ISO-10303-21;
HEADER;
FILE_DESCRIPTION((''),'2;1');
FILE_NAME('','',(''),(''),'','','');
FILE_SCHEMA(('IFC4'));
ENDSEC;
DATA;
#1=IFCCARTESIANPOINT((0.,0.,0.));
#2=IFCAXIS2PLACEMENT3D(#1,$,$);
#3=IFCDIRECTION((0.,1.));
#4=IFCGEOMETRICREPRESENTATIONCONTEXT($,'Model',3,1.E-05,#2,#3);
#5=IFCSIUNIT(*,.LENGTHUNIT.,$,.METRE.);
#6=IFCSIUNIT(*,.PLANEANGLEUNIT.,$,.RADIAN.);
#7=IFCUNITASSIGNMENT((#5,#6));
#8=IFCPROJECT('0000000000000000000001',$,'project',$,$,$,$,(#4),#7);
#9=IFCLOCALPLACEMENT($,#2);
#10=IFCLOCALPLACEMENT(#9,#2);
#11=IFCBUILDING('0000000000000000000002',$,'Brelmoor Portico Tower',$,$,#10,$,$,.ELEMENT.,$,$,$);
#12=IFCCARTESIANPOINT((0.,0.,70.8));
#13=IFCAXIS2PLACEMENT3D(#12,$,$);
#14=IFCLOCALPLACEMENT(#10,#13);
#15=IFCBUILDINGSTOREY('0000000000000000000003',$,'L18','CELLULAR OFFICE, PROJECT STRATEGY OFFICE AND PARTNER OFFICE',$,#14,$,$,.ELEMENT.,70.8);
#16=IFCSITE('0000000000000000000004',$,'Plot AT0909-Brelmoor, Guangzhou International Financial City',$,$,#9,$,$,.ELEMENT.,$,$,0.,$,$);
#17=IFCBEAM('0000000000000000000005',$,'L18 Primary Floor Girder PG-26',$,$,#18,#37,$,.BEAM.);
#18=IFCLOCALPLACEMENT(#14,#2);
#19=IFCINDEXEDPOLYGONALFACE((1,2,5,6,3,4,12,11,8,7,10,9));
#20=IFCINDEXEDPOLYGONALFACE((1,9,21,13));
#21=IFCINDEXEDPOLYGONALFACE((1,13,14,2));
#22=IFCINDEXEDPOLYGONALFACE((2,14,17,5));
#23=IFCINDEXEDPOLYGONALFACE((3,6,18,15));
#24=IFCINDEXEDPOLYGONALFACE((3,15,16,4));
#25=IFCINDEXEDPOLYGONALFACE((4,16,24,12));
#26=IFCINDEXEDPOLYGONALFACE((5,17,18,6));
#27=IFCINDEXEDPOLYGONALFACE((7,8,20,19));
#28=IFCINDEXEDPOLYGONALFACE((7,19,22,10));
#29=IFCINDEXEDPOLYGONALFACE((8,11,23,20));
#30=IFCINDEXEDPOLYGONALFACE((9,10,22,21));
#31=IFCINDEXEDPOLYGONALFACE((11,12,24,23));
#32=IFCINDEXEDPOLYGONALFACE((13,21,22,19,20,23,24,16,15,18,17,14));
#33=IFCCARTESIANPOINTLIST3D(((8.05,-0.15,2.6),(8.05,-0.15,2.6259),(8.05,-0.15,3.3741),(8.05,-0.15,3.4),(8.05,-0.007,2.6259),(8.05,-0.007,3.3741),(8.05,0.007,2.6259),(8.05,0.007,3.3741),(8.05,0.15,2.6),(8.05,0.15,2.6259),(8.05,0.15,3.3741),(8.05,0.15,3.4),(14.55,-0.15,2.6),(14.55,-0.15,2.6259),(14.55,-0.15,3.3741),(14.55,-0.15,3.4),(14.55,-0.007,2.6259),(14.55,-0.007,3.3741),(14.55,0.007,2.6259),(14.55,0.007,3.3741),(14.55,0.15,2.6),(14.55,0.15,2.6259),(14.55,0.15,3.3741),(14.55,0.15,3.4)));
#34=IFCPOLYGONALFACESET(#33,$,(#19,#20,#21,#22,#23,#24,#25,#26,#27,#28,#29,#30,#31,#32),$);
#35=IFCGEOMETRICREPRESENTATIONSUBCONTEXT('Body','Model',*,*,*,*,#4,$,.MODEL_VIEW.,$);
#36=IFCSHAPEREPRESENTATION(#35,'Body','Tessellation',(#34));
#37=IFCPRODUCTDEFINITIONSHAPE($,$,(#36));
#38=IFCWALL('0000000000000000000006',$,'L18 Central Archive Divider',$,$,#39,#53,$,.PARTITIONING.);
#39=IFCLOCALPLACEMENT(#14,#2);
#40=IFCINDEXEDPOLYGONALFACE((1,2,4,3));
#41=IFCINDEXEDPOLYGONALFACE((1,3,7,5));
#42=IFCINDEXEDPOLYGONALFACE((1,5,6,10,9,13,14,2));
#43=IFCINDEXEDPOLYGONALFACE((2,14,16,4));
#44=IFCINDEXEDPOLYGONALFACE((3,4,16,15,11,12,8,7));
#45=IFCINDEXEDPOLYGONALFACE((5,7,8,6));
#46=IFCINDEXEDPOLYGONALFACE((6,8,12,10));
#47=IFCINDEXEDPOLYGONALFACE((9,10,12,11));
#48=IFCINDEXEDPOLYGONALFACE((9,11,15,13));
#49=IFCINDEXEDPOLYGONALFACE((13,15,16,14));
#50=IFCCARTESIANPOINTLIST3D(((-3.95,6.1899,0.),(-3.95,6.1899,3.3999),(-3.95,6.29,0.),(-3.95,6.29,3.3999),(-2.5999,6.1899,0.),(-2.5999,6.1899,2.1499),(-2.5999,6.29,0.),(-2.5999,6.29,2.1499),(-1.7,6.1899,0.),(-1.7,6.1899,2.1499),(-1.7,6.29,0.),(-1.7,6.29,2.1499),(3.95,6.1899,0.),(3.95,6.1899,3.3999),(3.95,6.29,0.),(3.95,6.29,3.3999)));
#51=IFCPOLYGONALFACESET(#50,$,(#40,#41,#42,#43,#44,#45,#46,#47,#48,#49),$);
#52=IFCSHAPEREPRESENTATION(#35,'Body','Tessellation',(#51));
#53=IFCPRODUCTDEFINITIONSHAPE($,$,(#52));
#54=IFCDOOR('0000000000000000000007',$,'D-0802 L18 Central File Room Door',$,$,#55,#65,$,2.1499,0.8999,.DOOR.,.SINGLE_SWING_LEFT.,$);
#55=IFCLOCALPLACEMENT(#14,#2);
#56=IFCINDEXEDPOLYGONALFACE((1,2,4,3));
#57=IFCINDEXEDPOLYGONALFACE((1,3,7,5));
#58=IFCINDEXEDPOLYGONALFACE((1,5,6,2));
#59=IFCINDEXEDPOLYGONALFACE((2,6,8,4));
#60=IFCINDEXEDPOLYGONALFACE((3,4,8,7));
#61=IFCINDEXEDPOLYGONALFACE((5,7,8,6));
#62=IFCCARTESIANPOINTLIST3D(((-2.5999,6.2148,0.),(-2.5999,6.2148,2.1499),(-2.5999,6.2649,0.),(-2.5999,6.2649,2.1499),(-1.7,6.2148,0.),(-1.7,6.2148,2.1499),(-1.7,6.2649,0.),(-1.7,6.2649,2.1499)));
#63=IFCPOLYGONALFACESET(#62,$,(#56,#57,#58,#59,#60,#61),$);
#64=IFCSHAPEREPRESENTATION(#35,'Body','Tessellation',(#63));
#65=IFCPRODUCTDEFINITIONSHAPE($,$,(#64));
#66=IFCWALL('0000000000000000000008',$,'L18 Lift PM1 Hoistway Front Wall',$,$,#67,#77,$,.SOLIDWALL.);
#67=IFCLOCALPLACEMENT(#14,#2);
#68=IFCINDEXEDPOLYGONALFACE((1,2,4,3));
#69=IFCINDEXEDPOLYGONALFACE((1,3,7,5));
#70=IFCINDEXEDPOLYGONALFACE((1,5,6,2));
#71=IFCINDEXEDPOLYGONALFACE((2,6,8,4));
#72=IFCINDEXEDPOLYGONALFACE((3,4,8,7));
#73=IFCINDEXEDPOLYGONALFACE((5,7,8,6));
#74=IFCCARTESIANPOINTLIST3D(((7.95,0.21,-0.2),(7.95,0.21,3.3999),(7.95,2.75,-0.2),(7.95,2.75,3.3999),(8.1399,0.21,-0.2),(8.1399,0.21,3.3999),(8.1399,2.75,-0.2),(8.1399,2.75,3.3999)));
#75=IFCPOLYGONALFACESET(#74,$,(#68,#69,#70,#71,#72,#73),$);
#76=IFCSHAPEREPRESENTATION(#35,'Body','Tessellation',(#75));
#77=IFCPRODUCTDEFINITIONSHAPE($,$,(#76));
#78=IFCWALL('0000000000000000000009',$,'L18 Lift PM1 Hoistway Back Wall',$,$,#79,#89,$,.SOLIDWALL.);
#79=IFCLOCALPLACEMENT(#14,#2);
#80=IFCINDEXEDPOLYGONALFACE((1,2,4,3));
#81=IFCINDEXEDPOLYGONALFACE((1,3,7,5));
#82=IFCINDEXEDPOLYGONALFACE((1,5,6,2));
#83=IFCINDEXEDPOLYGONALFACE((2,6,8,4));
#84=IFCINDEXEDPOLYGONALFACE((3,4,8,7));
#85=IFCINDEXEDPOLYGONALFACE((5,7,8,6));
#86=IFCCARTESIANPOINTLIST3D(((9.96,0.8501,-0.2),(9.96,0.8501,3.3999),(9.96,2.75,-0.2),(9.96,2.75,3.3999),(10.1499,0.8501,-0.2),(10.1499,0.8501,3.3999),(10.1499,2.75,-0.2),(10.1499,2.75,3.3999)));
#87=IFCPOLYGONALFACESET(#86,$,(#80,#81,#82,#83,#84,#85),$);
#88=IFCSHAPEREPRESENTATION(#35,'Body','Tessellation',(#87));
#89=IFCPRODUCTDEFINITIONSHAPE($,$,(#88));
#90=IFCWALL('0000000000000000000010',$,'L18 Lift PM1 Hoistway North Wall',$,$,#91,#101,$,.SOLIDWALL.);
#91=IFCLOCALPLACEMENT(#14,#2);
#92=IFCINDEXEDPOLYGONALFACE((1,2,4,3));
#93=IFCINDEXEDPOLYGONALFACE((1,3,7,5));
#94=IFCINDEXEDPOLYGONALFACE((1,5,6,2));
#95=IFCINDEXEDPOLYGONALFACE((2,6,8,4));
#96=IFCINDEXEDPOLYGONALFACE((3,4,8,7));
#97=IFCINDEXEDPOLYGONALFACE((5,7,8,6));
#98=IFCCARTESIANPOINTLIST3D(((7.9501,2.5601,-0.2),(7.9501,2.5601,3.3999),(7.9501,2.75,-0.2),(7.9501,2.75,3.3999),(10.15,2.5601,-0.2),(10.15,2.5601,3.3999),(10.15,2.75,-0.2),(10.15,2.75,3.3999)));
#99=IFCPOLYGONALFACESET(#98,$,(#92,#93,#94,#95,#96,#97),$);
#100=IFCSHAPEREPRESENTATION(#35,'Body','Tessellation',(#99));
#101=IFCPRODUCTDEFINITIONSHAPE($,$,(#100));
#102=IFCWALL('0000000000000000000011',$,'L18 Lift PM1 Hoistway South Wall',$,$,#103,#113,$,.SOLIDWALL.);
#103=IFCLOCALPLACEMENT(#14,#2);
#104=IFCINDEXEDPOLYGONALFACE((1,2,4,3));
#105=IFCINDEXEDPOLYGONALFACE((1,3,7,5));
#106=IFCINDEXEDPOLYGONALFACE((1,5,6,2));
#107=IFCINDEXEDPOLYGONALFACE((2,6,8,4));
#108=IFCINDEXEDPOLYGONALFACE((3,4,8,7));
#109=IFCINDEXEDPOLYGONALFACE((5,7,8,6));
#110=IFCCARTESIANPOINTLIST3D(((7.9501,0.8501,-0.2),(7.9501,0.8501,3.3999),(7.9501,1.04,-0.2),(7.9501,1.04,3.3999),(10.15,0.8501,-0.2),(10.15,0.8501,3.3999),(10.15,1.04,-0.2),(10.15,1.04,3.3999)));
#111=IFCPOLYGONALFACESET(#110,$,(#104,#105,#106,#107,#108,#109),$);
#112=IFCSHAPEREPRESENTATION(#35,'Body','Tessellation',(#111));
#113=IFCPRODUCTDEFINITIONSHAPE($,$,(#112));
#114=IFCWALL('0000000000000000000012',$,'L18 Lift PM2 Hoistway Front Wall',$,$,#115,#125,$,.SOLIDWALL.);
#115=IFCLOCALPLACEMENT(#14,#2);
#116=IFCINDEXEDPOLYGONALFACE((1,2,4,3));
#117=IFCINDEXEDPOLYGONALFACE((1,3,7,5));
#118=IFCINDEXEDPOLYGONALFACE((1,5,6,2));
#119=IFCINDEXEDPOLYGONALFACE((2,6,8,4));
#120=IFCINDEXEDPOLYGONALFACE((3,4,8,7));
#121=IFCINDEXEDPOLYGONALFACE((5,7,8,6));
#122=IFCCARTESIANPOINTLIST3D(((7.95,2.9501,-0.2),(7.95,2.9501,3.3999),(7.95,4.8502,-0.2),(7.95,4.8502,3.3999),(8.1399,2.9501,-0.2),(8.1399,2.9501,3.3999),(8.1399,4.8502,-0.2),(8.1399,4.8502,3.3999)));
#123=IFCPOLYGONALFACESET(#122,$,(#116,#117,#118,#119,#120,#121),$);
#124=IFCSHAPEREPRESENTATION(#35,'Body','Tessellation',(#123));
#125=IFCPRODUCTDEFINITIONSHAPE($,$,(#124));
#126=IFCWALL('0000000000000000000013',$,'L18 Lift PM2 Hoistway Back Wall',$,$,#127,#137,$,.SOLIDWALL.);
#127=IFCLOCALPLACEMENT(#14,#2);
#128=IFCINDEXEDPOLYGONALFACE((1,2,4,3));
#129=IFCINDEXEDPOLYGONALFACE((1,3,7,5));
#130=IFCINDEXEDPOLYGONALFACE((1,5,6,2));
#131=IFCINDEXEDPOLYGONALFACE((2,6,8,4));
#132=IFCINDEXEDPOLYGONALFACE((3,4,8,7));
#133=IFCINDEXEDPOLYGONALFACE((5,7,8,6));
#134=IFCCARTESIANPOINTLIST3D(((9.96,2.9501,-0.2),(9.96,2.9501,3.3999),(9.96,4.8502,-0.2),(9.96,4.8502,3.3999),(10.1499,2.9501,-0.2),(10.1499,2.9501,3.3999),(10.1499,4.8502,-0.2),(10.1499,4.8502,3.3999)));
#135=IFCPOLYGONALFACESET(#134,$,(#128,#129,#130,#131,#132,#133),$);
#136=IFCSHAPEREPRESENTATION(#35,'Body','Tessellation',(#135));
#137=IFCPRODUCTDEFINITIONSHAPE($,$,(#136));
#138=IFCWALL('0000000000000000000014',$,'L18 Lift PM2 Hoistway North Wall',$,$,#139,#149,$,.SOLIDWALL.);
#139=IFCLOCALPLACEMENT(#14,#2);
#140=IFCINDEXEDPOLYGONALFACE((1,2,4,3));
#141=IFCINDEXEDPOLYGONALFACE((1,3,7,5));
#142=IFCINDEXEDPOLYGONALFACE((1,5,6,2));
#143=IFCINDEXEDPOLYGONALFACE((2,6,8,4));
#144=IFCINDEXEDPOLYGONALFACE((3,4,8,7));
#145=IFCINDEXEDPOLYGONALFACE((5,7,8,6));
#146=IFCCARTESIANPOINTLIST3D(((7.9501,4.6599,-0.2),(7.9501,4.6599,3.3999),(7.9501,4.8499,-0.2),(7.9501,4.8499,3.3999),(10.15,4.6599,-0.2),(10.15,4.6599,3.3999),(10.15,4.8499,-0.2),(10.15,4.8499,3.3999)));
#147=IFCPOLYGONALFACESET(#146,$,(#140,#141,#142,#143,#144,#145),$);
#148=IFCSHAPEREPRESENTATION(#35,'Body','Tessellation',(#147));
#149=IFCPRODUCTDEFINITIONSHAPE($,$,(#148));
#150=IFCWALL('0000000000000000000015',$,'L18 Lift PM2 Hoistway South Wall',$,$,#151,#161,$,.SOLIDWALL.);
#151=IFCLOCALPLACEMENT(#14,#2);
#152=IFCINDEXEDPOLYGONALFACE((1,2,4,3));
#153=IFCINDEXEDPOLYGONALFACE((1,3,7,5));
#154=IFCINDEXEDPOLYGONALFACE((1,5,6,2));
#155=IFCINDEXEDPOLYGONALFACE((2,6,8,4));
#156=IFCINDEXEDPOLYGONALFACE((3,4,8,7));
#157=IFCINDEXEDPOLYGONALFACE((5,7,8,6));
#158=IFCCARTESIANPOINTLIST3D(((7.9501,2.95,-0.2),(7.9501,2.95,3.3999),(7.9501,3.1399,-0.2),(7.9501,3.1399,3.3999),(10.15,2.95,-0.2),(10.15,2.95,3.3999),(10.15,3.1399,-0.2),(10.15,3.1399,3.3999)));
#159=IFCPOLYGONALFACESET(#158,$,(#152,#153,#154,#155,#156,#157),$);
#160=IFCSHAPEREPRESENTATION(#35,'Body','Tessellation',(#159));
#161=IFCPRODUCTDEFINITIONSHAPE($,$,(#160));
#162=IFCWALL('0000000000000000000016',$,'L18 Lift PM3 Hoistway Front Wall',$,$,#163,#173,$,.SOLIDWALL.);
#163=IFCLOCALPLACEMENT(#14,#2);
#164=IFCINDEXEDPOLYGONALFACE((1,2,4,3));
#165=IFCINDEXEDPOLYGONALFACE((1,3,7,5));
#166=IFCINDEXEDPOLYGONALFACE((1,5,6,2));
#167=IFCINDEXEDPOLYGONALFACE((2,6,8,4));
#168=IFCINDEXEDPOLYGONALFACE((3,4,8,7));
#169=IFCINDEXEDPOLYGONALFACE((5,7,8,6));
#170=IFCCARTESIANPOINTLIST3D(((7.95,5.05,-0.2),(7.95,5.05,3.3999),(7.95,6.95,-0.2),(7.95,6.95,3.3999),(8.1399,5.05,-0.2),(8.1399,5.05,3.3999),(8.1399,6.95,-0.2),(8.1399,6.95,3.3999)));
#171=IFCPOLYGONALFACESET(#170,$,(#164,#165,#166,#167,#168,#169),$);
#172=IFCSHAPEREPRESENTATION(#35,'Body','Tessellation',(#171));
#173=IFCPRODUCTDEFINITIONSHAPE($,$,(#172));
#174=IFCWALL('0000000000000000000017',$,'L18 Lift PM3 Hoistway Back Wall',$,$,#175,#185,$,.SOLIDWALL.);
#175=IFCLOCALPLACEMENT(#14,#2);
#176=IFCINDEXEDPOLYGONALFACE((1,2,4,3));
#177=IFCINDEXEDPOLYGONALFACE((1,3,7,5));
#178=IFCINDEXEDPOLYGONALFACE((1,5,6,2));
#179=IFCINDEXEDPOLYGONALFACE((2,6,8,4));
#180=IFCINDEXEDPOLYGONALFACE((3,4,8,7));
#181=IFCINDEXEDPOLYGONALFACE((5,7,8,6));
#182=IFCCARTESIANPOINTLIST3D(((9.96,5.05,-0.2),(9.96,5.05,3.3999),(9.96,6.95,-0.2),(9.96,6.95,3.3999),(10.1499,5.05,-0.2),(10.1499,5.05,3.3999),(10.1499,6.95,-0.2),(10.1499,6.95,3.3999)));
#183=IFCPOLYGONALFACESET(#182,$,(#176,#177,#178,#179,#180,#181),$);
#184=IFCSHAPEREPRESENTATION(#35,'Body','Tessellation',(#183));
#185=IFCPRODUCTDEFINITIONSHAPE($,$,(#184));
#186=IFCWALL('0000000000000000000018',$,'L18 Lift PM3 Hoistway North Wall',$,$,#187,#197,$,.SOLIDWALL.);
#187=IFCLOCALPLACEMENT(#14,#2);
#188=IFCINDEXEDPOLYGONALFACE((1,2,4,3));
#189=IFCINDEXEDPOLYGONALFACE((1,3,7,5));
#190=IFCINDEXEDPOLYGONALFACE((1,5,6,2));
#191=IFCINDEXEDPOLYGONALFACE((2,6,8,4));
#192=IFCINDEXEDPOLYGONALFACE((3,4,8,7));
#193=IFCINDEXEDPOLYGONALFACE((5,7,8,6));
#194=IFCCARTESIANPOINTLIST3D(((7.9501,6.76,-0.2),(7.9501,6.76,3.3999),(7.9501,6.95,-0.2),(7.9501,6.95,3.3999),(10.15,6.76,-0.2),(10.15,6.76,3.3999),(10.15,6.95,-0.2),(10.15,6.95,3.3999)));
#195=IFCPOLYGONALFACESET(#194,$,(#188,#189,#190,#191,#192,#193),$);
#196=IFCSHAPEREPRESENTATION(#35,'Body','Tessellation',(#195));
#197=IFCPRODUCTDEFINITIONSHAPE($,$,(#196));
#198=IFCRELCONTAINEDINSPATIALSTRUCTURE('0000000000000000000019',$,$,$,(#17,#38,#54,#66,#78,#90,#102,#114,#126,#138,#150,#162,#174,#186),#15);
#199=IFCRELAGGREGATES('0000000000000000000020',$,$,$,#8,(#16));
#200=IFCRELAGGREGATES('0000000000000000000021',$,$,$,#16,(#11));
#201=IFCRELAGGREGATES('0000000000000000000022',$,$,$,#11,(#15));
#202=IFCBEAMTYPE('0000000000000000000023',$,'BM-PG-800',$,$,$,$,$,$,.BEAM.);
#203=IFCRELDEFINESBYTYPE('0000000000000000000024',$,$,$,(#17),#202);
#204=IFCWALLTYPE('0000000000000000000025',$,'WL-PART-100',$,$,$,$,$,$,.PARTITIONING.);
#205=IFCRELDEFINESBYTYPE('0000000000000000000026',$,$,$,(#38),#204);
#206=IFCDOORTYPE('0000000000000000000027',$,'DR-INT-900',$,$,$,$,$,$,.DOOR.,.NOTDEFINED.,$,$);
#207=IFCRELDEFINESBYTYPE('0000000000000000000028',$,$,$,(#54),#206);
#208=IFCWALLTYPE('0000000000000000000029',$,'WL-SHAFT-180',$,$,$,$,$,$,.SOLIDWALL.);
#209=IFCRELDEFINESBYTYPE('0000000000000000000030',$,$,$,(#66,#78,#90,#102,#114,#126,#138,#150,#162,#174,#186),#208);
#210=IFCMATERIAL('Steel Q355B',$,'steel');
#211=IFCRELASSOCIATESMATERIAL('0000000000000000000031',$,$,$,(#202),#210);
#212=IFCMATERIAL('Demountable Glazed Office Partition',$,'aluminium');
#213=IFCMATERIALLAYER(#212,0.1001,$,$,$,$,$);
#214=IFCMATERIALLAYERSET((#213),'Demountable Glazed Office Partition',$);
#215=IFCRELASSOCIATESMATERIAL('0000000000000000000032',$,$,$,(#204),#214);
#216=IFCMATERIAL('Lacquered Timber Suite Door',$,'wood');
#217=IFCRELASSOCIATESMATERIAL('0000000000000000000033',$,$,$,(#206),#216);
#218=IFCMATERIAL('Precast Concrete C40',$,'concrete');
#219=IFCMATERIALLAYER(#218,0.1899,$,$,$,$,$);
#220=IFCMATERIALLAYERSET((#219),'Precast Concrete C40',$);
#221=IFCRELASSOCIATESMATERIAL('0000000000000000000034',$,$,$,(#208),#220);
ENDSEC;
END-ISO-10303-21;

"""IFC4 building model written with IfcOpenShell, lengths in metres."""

from ifc_helpers import new_model, si_unit, direction, frame, frame_2d, origin, origin_2d, place, context, subcontext, project, spatial, rectangle, i_section, extrude, material, layer, layer_set, material_profile, profile_set, type_object, element, fill, save


model = new_model("IFC4")

# Units and contexts
model_context = context("Model", 3, precision=1e-05, world=origin(), true_north=direction((0.0, 1.0)))
body_context = subcontext(model_context, "Body", "Model", "MODEL_VIEW")
ifc_project = project(units=[si_unit("LENGTHUNIT", "METRE"), si_unit("PLANEANGLEUNIT", "RADIAN")], contexts=[model_context])

# Site, building, storey
site_placement = place(None, origin())
site = spatial("IfcSite", under=ifc_project, at=site_placement, Name="Plot AT0909-Brelmoor, Guangzhou International Financial City", CompositionType="ELEMENT", RefElevation=0.0)
building_placement = place(site_placement, origin())
building = spatial("IfcBuilding", under=site, at=building_placement, Name="Brelmoor Portico Tower", CompositionType="ELEMENT")
storey_placement = place(building_placement, frame((0.0, 0.0, 70.8)))
storey = spatial("IfcBuildingStorey", under=building, at=storey_placement, Name="L18", Description="CELLULAR OFFICE, PROJECT STRATEGY OFFICE AND PARTNER OFFICE", CompositionType="ELEMENT", Elevation=70.8)

# Beam
ifc_material_1 = material(Name="Steel Q355B", Category="steel")
ifc_material_profile = material_profile(ifc_material_1, i_section(OverallWidth=0.3, OverallDepth=0.8, WebThickness=0.0139, FlangeThickness=0.0259, at=origin_2d()), Name="HN 800x300x14x26")
ifc_profile_set = profile_set([ifc_material_profile], Name="Steel Q355B")
beam_type = type_object("IfcBeamType", Name="BM-PG-800", PredefinedType="BEAM", material=ifc_profile_set)
beam_placement = place(storey_placement, frame((8.05, 0.0, 3.0), z_axis=(1.0, 0.0, 0.0), x_axis=(0.0, 1.0, 0.0)))
element("IfcBeam", 1, at=beam_placement, inside=storey, type_object=beam_type, Name="L18 Primary Floor Girder PG-26", PredefinedType="BEAM", context=body_context, shape_type="SweptSolid", body=[
    extrude(i_section(OverallWidth=0.3, OverallDepth=0.8, WebThickness=0.0139, FlangeThickness=0.0259, at=origin_2d()), origin(), (0.0, 0.0, 1.0), 6.5),
])

# Wall, opening, door
ifc_material_2 = material(Name="Demountable Glazed Office Partition", Category="aluminium")
ifc_layer_1 = layer(ifc_material_2, 0.1001)
ifc_layer_set_1 = layer_set([ifc_layer_1], Name="Demountable Glazed Office Partition")
wall_type_1 = type_object("IfcWallType", Name="WL-PART-100", PredefinedType="PARTITIONING", material=ifc_layer_set_1)
wall_1_placement = place(storey_placement, frame((-3.95, 6.24, 0.0), z_axis=(0.0, 0.0, 1.0), x_axis=(1.0, 0.0, 0.0)))
wall_1 = element("IfcWall", 2, at=wall_1_placement, inside=storey, type_object=wall_type_1, Name="L18 Central Archive Divider", PredefinedType="PARTITIONING", context=body_context, shape_type="SweptSolid", body=[
    extrude(rectangle(XDim=7.8999, YDim=0.1001, at=frame_2d((3.95, 0.0))), origin(), (0.0, 0.0, 1.0), 3.3999),
])
opening_1_placement = place(wall_1_placement, frame((1.3501, 0.0, 0.0)))
opening_1 = element("IfcOpeningElement", 3, at=opening_1_placement, cuts=wall_1, PredefinedType="OPENING", context=body_context, shape_type="SweptSolid", body=[
    extrude(rectangle(XDim=0.8999, YDim=2.1499, at=frame_2d((0.45, 1.075))), frame((0.0, 0.0601, 0.0), z_axis=(0.0, -1.0, 0.0), x_axis=(1.0, 0.0, 0.0)), (0.0, 0.0, 1.0), 0.1201),
])
ifc_material_3 = material(Name="Lacquered Timber Suite Door", Category="wood")
door_type_1 = type_object("IfcDoorType", Name="DR-INT-900", OperationType="NOTDEFINED", PredefinedType="DOOR", material=ifc_material_3)
door_1_placement = place(opening_1_placement, origin())
door_1 = element("IfcDoor", 4, at=door_1_placement, inside=storey, type_object=door_type_1, Name="D-0802 L18 Central File Room Door", OperationType="SINGLE_SWING_LEFT", OverallHeight=2.1499, OverallWidth=0.8999, PredefinedType="DOOR", context=body_context, shape_type="SweptSolid", body=[
    extrude(rectangle(XDim=0.8999, YDim=2.1499, at=frame_2d((0.45, 1.075))), frame((0.0, 0.0249, 0.0), z_axis=(0.0, -1.0, 0.0), x_axis=(1.0, 0.0, 0.0)), (0.0, 0.0, 1.0), 0.05),
])
fill(opening_1, door_1)

# Walls
ifc_material_4 = material(Name="Precast Concrete C40", Category="concrete")
ifc_layer_2 = layer(ifc_material_4, 0.1899)
ifc_layer_set_2 = layer_set([ifc_layer_2], Name="Precast Concrete C40")
wall_type_2 = type_object("IfcWallType", Name="WL-SHAFT-180", PredefinedType="SOLIDWALL", material=ifc_layer_set_2)
wall_2_placement = place(storey_placement, frame((8.0449, 0.21, -0.2), z_axis=(0.0, 0.0, 1.0), x_axis=(0.0, 1.0, 0.0)))
element("IfcWall", 5, at=wall_2_placement, inside=storey, type_object=wall_type_2, Name="L18 Lift PM1 Hoistway Front Wall", PredefinedType="SOLIDWALL", context=body_context, shape_type="SweptSolid", body=[
    extrude(rectangle(XDim=2.54, YDim=0.1899, at=frame_2d((1.27, 0.0))), origin(), (0.0, 0.0, 1.0), 3.5999),
])
wall_3_placement = place(storey_placement, frame((10.0549, 0.8501, -0.2), z_axis=(0.0, 0.0, 1.0), x_axis=(0.0, 1.0, 0.0)))
element("IfcWall", 6, at=wall_3_placement, inside=storey, type_object=wall_type_2, Name="L18 Lift PM1 Hoistway Back Wall", PredefinedType="SOLIDWALL", context=body_context, shape_type="SweptSolid", body=[
    extrude(rectangle(XDim=1.8999, YDim=0.1899, at=frame_2d((0.95, 0.0))), origin(), (0.0, 0.0, 1.0), 3.5999),
])
for number, where, z_axis, x_axis, name in (
    (7, (7.95, 2.655, -0.2), (0.0, 0.0, 1.0), (1.0, 0.0, 0.0), "L18 Lift PM1 Hoistway North Wall"),
    (8, (7.95, 0.9451, -0.2), (0.0, 0.0, 1.0), (1.0, 0.0, 0.0), "L18 Lift PM1 Hoistway South Wall"),
):
    element("IfcWall", number, at=place(storey_placement, frame(where, z_axis=z_axis, x_axis=x_axis)), inside=storey, type_object=wall_type_2, Name=name, PredefinedType="SOLIDWALL", context=body_context, shape_type="SweptSolid", body=[
        extrude(rectangle(XDim=2.2, YDim=0.1899, at=frame_2d((1.1001, 0.0))), origin(), (0.0, 0.0, 1.0), 3.5999),
    ])
for number, where, z_axis, x_axis, name in (
    (9, (8.0449, 2.95, -0.2), (0.0, 0.0, 1.0), (0.0, 1.0, 0.0), "L18 Lift PM2 Hoistway Front Wall"),
    (10, (10.0549, 2.95, -0.2), (0.0, 0.0, 1.0), (0.0, 1.0, 0.0), "L18 Lift PM2 Hoistway Back Wall"),
):
    element("IfcWall", number, at=place(storey_placement, frame(where, z_axis=z_axis, x_axis=x_axis)), inside=storey, type_object=wall_type_2, Name=name, PredefinedType="SOLIDWALL", context=body_context, shape_type="SweptSolid", body=[
        extrude(rectangle(XDim=1.9001, YDim=0.1899, at=frame_2d((0.9502, 0.0))), origin(), (0.0, 0.0, 1.0), 3.5999),
    ])
for number, where, z_axis, x_axis, name in (
    (11, (7.95, 4.7549, -0.2), (0.0, 0.0, 1.0), (1.0, 0.0, 0.0), "L18 Lift PM2 Hoistway North Wall"),
    (12, (7.95, 3.0449, -0.2), (0.0, 0.0, 1.0), (1.0, 0.0, 0.0), "L18 Lift PM2 Hoistway South Wall"),
):
    element("IfcWall", number, at=place(storey_placement, frame(where, z_axis=z_axis, x_axis=x_axis)), inside=storey, type_object=wall_type_2, Name=name, PredefinedType="SOLIDWALL", context=body_context, shape_type="SweptSolid", body=[
        extrude(rectangle(XDim=2.2, YDim=0.1899, at=frame_2d((1.1001, 0.0))), origin(), (0.0, 0.0, 1.0), 3.5999),
    ])
for number, where, z_axis, x_axis, name in (
    (13, (8.0449, 5.05, -0.2), (0.0, 0.0, 1.0), (0.0, 1.0, 0.0), "L18 Lift PM3 Hoistway Front Wall"),
    (14, (10.0549, 5.05, -0.2), (0.0, 0.0, 1.0), (0.0, 1.0, 0.0), "L18 Lift PM3 Hoistway Back Wall"),
):
    element("IfcWall", number, at=place(storey_placement, frame(where, z_axis=z_axis, x_axis=x_axis)), inside=storey, type_object=wall_type_2, Name=name, PredefinedType="SOLIDWALL", context=body_context, shape_type="SweptSolid", body=[
        extrude(rectangle(XDim=1.8999, YDim=0.1899, at=frame_2d((0.95, 0.0))), origin(), (0.0, 0.0, 1.0), 3.5999),
    ])
for number, where, z_axis, x_axis, name in (
    (15, (7.95, 6.855, -0.2), (0.0, 0.0, 1.0), (1.0, 0.0, 0.0), "L18 Lift PM3 Hoistway North Wall"),
):
    element("IfcWall", number, at=place(storey_placement, frame(where, z_axis=z_axis, x_axis=x_axis)), inside=storey, type_object=wall_type_2, Name=name, PredefinedType="SOLIDWALL", context=body_context, shape_type="SweptSolid", body=[
        extrude(rectangle(XDim=2.2, YDim=0.1899, at=frame_2d((1.1001, 0.0))), origin(), (0.0, 0.0, 1.0), 3.5999),
    ])

save(model, "model.ifc")
